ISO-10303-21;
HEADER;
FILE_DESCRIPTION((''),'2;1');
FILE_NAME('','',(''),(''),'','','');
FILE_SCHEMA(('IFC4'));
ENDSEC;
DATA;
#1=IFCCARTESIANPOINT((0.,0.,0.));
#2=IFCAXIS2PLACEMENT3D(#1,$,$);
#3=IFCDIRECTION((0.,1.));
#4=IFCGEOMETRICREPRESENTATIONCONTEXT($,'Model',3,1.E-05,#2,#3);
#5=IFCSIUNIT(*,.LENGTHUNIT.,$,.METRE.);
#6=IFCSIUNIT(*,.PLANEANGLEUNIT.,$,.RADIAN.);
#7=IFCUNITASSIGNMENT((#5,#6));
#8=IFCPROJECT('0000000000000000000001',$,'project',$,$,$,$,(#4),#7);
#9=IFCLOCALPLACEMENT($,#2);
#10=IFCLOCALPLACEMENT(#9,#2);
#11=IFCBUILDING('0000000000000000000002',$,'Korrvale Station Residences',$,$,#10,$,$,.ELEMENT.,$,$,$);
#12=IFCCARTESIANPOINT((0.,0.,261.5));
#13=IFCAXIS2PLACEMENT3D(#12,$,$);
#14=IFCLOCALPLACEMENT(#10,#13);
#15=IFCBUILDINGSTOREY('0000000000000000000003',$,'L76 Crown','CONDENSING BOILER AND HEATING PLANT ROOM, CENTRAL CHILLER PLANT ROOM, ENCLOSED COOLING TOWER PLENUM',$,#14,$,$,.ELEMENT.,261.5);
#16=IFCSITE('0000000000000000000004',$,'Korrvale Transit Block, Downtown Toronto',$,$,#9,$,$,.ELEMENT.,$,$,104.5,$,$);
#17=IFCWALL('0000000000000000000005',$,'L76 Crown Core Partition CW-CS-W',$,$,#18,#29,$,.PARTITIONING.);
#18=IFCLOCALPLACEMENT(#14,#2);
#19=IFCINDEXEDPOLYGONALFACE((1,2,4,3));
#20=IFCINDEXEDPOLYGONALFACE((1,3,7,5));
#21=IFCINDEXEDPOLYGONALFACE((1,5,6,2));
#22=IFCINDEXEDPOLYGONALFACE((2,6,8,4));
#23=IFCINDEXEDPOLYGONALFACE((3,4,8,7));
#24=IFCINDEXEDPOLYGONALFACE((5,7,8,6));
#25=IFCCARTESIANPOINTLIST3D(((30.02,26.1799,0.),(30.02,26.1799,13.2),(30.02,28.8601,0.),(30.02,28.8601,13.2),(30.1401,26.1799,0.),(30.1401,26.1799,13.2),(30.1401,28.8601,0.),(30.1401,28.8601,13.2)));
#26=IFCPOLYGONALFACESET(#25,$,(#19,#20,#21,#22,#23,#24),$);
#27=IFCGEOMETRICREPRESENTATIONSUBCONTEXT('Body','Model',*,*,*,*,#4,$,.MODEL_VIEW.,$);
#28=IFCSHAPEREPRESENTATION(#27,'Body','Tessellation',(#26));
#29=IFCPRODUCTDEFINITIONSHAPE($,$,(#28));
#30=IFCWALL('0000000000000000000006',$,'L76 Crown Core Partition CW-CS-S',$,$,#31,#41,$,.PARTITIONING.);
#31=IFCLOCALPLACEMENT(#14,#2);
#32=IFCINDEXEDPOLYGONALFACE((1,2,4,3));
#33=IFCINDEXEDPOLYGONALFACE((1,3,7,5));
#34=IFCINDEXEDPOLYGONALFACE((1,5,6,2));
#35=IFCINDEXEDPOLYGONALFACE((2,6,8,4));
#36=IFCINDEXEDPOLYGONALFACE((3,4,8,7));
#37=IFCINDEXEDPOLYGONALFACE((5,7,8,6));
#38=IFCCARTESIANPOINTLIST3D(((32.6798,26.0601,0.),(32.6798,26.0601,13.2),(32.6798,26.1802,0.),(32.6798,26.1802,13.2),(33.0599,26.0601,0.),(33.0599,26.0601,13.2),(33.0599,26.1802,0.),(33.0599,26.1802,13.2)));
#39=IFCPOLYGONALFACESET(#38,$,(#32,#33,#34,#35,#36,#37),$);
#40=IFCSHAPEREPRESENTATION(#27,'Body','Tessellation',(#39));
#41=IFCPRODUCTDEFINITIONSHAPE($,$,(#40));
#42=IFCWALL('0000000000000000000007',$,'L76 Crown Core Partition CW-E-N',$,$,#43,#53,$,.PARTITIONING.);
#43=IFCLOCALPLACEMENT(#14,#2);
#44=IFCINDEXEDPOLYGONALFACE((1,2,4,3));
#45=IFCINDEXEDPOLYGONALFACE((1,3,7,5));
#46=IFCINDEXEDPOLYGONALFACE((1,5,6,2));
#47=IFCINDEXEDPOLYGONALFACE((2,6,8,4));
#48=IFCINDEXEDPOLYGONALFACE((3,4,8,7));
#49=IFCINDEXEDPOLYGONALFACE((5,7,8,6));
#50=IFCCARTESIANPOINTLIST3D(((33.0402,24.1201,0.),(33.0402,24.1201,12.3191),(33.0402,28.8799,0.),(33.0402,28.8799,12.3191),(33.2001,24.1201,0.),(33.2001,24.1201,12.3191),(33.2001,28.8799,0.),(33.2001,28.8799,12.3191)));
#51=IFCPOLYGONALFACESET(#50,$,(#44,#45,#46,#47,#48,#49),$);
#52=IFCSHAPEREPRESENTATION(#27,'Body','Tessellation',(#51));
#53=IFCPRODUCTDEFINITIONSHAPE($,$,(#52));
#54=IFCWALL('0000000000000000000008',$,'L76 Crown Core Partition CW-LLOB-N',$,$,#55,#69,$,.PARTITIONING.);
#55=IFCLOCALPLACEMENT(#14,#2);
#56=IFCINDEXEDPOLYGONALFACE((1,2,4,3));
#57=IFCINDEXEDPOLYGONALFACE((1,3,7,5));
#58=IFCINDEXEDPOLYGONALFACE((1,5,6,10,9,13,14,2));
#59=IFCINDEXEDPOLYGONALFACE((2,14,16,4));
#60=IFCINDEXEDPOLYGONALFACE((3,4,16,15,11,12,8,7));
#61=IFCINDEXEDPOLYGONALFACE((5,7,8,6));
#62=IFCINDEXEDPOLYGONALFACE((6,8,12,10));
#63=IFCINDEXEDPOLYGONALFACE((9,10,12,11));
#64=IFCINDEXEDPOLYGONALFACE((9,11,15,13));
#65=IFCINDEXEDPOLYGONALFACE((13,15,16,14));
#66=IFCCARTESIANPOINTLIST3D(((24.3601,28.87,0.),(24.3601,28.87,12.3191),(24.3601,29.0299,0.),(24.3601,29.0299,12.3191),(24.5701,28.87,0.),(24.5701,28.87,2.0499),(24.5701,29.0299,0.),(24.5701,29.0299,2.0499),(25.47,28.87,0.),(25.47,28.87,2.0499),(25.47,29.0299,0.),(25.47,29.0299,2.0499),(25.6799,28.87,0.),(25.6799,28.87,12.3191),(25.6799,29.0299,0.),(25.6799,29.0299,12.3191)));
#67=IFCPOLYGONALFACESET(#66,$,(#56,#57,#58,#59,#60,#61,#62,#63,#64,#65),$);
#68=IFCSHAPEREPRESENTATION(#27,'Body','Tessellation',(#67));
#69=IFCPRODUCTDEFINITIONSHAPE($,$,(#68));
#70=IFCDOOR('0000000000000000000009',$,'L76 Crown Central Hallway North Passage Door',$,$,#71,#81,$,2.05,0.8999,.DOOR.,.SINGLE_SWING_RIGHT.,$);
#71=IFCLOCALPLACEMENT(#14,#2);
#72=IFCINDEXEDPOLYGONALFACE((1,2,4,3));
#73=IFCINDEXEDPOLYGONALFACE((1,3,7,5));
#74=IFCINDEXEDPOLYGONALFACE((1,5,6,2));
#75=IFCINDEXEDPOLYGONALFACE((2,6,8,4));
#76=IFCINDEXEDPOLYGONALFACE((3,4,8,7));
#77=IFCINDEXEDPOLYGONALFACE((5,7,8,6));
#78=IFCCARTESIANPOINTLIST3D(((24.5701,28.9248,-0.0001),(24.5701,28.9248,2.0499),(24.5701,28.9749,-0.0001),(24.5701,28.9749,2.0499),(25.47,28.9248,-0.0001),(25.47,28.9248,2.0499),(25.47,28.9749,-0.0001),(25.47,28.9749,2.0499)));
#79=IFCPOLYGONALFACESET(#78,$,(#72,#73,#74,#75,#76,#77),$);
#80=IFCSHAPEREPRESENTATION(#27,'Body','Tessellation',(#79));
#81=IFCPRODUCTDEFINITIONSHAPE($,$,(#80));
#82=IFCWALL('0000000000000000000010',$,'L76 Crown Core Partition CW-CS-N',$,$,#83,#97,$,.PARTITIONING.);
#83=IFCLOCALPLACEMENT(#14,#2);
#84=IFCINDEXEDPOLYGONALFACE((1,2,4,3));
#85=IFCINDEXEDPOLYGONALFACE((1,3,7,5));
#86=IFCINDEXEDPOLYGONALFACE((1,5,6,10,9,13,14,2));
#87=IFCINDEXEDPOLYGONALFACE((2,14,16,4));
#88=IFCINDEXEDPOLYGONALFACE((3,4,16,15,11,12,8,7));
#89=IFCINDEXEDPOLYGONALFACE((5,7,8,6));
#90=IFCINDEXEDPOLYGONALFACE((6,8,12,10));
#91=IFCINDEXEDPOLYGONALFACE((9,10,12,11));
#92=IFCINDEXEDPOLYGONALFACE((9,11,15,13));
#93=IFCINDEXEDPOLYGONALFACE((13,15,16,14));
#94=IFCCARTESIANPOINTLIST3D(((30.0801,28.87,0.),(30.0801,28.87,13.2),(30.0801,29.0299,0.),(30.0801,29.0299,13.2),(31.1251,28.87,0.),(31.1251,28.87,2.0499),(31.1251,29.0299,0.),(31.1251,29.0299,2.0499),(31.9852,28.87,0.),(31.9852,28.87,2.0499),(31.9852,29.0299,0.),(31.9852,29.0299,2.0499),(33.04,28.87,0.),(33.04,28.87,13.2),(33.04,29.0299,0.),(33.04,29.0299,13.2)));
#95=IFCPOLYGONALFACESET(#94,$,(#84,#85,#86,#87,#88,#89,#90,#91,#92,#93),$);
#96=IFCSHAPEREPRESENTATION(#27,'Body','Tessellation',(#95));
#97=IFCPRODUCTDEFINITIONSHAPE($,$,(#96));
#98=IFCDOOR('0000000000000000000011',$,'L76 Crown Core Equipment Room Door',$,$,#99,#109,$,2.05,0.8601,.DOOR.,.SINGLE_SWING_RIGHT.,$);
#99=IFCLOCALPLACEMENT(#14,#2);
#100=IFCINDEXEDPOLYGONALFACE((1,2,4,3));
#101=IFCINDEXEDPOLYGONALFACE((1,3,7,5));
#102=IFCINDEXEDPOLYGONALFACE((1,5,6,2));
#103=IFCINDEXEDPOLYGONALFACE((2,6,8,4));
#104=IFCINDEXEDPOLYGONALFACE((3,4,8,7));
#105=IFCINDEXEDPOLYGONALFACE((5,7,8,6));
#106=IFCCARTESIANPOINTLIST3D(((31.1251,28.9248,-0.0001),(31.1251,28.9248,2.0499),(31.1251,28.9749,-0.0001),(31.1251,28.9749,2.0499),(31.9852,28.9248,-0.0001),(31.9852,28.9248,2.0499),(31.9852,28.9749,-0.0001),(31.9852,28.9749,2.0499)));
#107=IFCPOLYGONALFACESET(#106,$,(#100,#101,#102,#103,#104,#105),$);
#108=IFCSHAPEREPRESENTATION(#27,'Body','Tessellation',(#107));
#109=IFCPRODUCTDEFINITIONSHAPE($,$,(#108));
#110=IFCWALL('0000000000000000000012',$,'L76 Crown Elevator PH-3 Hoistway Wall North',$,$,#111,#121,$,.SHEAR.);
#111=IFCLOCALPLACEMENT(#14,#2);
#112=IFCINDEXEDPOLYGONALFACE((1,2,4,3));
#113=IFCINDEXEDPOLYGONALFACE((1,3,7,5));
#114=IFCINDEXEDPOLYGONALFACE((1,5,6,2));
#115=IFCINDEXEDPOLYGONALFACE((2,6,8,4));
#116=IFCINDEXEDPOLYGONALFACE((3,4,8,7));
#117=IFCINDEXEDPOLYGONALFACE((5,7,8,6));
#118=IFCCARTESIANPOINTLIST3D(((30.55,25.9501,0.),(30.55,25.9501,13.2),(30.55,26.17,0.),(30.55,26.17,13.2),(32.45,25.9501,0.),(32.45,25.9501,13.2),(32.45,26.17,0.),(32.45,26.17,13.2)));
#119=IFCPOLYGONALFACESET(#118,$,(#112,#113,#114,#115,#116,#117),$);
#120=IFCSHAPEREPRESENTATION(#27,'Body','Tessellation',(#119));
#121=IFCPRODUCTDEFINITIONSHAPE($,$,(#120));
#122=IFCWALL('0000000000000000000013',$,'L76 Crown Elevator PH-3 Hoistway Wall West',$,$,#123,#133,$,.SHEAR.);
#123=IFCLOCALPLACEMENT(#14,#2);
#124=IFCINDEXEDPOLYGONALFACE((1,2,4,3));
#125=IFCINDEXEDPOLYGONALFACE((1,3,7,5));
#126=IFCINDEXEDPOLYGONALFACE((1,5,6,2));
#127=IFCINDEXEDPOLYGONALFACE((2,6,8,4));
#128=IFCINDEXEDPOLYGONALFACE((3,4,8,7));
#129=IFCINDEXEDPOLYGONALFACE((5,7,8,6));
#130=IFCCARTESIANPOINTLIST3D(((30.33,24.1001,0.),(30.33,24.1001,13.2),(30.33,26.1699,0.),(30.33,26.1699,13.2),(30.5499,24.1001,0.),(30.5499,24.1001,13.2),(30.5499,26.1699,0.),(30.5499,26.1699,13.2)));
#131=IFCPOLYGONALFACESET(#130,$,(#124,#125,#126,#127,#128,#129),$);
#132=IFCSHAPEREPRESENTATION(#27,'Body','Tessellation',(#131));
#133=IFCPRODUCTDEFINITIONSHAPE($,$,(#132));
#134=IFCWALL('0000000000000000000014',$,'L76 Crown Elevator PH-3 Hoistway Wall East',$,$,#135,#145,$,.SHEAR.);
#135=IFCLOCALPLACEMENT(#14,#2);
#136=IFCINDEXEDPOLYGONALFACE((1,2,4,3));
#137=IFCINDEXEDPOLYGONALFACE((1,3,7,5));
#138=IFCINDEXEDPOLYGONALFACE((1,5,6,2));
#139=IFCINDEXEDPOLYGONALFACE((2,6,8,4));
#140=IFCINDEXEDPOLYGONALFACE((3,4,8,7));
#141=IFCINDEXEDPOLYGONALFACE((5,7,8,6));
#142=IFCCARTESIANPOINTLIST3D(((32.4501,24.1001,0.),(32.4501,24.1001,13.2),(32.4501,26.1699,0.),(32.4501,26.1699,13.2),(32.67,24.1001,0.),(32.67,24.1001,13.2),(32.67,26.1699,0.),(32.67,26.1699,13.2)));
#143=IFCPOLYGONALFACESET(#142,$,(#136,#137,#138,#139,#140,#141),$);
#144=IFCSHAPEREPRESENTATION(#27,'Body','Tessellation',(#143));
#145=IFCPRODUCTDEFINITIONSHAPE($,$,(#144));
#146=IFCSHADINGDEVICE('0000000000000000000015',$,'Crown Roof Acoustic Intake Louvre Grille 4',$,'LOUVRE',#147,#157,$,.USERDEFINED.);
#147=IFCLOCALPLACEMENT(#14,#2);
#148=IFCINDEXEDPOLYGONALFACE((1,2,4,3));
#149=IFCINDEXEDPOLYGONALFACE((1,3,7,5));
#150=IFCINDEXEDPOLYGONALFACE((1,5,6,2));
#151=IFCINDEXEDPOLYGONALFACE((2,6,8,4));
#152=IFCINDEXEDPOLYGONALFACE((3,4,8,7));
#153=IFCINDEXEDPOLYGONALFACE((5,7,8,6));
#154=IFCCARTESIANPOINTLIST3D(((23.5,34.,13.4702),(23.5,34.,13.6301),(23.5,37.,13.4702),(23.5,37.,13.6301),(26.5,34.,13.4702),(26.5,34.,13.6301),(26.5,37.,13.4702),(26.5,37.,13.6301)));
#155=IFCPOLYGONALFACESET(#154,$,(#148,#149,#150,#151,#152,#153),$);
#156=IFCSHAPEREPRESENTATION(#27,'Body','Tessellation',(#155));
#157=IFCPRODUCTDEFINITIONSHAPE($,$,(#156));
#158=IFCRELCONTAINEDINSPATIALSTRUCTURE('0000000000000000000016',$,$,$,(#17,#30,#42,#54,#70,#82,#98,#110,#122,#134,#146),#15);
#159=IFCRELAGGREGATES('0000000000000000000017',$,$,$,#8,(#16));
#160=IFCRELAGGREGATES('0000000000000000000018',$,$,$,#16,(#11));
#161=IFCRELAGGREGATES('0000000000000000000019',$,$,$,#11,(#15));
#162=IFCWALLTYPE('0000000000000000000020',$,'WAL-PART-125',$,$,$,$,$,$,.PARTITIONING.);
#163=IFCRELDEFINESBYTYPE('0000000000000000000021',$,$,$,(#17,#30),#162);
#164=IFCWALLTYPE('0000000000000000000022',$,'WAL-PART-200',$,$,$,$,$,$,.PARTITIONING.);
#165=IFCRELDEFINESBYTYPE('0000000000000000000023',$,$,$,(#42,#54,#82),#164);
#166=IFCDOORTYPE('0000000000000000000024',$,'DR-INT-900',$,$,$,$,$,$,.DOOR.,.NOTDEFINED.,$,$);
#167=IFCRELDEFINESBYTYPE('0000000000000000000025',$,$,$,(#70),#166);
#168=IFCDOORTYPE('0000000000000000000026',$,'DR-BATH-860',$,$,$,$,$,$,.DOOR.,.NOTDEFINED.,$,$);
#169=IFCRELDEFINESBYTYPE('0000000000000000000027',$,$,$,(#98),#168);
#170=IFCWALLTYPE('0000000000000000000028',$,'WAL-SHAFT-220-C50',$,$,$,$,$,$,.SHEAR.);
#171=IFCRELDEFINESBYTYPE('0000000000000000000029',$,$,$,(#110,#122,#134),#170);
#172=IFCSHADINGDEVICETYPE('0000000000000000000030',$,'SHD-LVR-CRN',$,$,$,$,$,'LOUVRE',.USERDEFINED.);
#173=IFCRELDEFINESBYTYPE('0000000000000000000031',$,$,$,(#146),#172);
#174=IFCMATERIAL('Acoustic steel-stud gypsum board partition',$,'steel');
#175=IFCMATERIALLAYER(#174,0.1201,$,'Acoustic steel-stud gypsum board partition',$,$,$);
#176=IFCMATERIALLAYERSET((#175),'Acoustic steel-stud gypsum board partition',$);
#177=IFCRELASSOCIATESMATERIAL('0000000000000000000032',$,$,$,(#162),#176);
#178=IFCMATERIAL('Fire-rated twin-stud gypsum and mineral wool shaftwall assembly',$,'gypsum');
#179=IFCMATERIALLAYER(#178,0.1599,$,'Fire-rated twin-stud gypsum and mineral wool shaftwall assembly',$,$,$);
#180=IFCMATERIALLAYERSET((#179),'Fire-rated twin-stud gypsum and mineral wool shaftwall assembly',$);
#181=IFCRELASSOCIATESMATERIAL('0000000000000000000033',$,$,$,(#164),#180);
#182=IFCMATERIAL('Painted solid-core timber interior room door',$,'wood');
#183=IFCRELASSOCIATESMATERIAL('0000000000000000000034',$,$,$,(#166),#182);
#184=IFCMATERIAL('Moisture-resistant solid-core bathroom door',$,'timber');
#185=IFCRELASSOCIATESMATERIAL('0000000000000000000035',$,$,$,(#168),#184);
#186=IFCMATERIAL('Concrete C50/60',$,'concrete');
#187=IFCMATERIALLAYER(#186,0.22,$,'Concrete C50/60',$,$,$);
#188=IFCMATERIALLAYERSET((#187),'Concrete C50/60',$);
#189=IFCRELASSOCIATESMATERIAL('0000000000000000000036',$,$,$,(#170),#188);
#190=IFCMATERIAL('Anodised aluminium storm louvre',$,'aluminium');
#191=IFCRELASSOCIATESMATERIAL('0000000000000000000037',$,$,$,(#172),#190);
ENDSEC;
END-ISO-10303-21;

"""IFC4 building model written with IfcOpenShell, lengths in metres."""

from ifc_helpers import new_model, si_unit, direction, frame, frame_2d, origin, origin_2d, place, context, subcontext, project, spatial, rectangle, extrude, material, layer, layer_set, type_object, element, fill, save


model = new_model("IFC4")

# Units and contexts
model_context = context("Model", 3, precision=1e-05, world=origin(), true_north=direction((0.0, 1.0)))
body_context = subcontext(model_context, "Body", "Model", "MODEL_VIEW")
ifc_project = project(units=[si_unit("LENGTHUNIT", "METRE"), si_unit("PLANEANGLEUNIT", "RADIAN")], contexts=[model_context])

# Site, building, storey
site_placement = place(None, origin())
site = spatial("IfcSite", under=ifc_project, at=site_placement, Name="Korrvale Transit Block, Downtown Toronto", CompositionType="ELEMENT", RefElevation=104.5)
building_placement = place(site_placement, origin())
building = spatial("IfcBuilding", under=site, at=building_placement, Name="Korrvale Station Residences", CompositionType="ELEMENT")
storey_placement = place(building_placement, frame((0.0, 0.0, 261.5)))
storey = spatial("IfcBuildingStorey", under=building, at=storey_placement, Name="L76 Crown", Description="CONDENSING BOILER AND HEATING PLANT ROOM, CENTRAL CHILLER PLANT ROOM, ENCLOSED COOLING TOWER PLENUM", CompositionType="ELEMENT", Elevation=261.5)

# Shared definitions
ifc_material_1 = material(Name="Concrete C50/60", Category="concrete")

# Walls
ifc_material_2 = material(Name="Acoustic steel-stud gypsum board partition", Category="steel")
ifc_layer_1 = layer(ifc_material_2, 0.1201, Name="Acoustic steel-stud gypsum board partition")
ifc_layer_set_1 = layer_set([ifc_layer_1], Name="Acoustic steel-stud gypsum board partition")
wall_type_1 = type_object("IfcWallType", Name="WAL-PART-125", PredefinedType="PARTITIONING", material=ifc_layer_set_1)
wall_1_placement = place(storey_placement, frame((30.0801, 26.1799, 0.0), z_axis=(0.0, 0.0, 1.0), x_axis=(0.0, 1.0, 0.0)))
element("IfcWall", 1, at=wall_1_placement, inside=storey, type_object=wall_type_1, Name="L76 Crown Core Partition CW-CS-W", PredefinedType="PARTITIONING", context=body_context, shape_type="SweptSolid", body=[
    extrude(rectangle(XDim=2.6802, YDim=0.1201, at=frame_2d((1.3401, 0.0))), origin(), (0.0, 0.0, 1.0), 13.2),
])
wall_2_placement = place(storey_placement, frame((32.6799, 26.1201, 0.0), z_axis=(0.0, 0.0, 1.0), x_axis=(1.0, 0.0, 0.0)))
element("IfcWall", 2, at=wall_2_placement, inside=storey, type_object=wall_type_1, Name="L76 Crown Core Partition CW-CS-S", PredefinedType="PARTITIONING", context=body_context, shape_type="SweptSolid", body=[
    extrude(rectangle(XDim=0.3801, YDim=0.1201, at=frame_2d((0.1899, 0.0))), origin(), (0.0, 0.0, 1.0), 13.2),
])
ifc_material_3 = material(Name="Fire-rated twin-stud gypsum and mineral wool shaftwall assembly", Category="gypsum")
ifc_layer_2 = layer(ifc_material_3, 0.1599, Name="Fire-rated twin-stud gypsum and mineral wool shaftwall assembly")
ifc_layer_set_2 = layer_set([ifc_layer_2], Name="Fire-rated twin-stud gypsum and mineral wool shaftwall assembly")
wall_type_2 = type_object("IfcWallType", Name="WAL-PART-200", PredefinedType="PARTITIONING", material=ifc_layer_set_2)
wall_3_placement = place(storey_placement, frame((33.1201, 24.1201, 0.0), z_axis=(0.0, 0.0, 1.0), x_axis=(0.0, 1.0, 0.0)))
element("IfcWall", 3, at=wall_3_placement, inside=storey, type_object=wall_type_2, Name="L76 Crown Core Partition CW-E-N", PredefinedType="PARTITIONING", context=body_context, shape_type="SweptSolid", body=[
    extrude(rectangle(XDim=4.7598, YDim=0.1599, at=frame_2d((2.3799, 0.0))), origin(), (0.0, 0.0, 1.0), 12.3191),
])

# Walls, openings, doors
wall_4_placement = place(storey_placement, frame((24.3601, 28.95, 0.0), z_axis=(0.0, 0.0, 1.0), x_axis=(1.0, 0.0, 0.0)))
wall_4 = element("IfcWall", 4, at=wall_4_placement, inside=storey, type_object=wall_type_2, Name="L76 Crown Core Partition CW-LLOB-N", PredefinedType="PARTITIONING", context=body_context, shape_type="SweptSolid", body=[
    extrude(rectangle(XDim=1.3198, YDim=0.1599, at=frame_2d((0.6599, 0.0))), origin(), (0.0, 0.0, 1.0), 12.3191),
])
opening_1_placement = place(wall_4_placement, frame((0.21, 0.0, 0.0)))
opening_1 = element("IfcOpeningElement", 5, at=opening_1_placement, cuts=wall_4, PredefinedType="OPENING", context=body_context, shape_type="SweptSolid", body=[
    extrude(rectangle(XDim=0.8999, YDim=2.05, at=frame_2d((0.45, 1.0249))), frame((0.0, 0.0898, 0.0), z_axis=(0.0, -1.0, 0.0), x_axis=(1.0, 0.0, 0.0)), (0.0, 0.0, 1.0), 0.1799),
])
ifc_material_4 = material(Name="Painted solid-core timber interior room door", Category="wood")
door_type_1 = type_object("IfcDoorType", Name="DR-INT-900", OperationType="NOTDEFINED", PredefinedType="DOOR", material=ifc_material_4)
door_1_placement = place(opening_1_placement, origin())
door_1 = element("IfcDoor", 6, at=door_1_placement, inside=storey, type_object=door_type_1, Name="L76 Crown Central Hallway North Passage Door", OperationType="SINGLE_SWING_RIGHT", OverallHeight=2.05, OverallWidth=0.8999, PredefinedType="DOOR", context=body_context, shape_type="SweptSolid", body=[
    extrude(rectangle(XDim=0.8999, YDim=2.05, at=frame_2d((0.45, 1.0249))), frame((0.0, 0.0249, 0.0), z_axis=(0.0, -1.0, 0.0), x_axis=(1.0, 0.0, 0.0)), (0.0, 0.0, 1.0), 0.05),
])
fill(opening_1, door_1)
wall_5_placement = place(storey_placement, frame((30.0801, 28.95, 0.0), z_axis=(0.0, 0.0, 1.0), x_axis=(1.0, 0.0, 0.0)))
wall_5 = element("IfcWall", 7, at=wall_5_placement, inside=storey, type_object=wall_type_2, Name="L76 Crown Core Partition CW-CS-N", PredefinedType="PARTITIONING", context=body_context, shape_type="SweptSolid", body=[
    extrude(rectangle(XDim=2.96, YDim=0.1599, at=frame_2d((1.48, 0.0))), origin(), (0.0, 0.0, 1.0), 13.2),
])
opening_2_placement = place(wall_5_placement, frame((1.0449, 0.0, 0.0)))
opening_2 = element("IfcOpeningElement", 8, at=opening_2_placement, cuts=wall_5, PredefinedType="OPENING", context=body_context, shape_type="SweptSolid", body=[
    extrude(rectangle(XDim=0.8601, YDim=2.05, at=frame_2d((0.4302, 1.0249))), frame((0.0, 0.0898, 0.0), z_axis=(0.0, -1.0, 0.0), x_axis=(1.0, 0.0, 0.0)), (0.0, 0.0, 1.0), 0.1799),
])
ifc_material_5 = material(Name="Moisture-resistant solid-core bathroom door", Category="timber")
door_type_2 = type_object("IfcDoorType", Name="DR-BATH-860", OperationType="NOTDEFINED", PredefinedType="DOOR", material=ifc_material_5)
door_2_placement = place(opening_2_placement, origin())
door_2 = element("IfcDoor", 9, at=door_2_placement, inside=storey, type_object=door_type_2, Name="L76 Crown Core Equipment Room Door", OperationType="SINGLE_SWING_RIGHT", OverallHeight=2.05, OverallWidth=0.8601, PredefinedType="DOOR", context=body_context, shape_type="SweptSolid", body=[
    extrude(rectangle(XDim=0.8601, YDim=2.05, at=frame_2d((0.4302, 1.0249))), frame((0.0, 0.0249, 0.0), z_axis=(0.0, -1.0, 0.0), x_axis=(1.0, 0.0, 0.0)), (0.0, 0.0, 1.0), 0.05),
])
fill(opening_2, door_2)

# Walls
ifc_layer_3 = layer(ifc_material_1, 0.22, Name="Concrete C50/60")
ifc_layer_set_3 = layer_set([ifc_layer_3], Name="Concrete C50/60")
wall_type_3 = type_object("IfcWallType", Name="WAL-SHAFT-220-C50", PredefinedType="SHEAR", material=ifc_layer_set_3)
wall_6_placement = place(storey_placement, frame((30.55, 26.0601, 0.0), z_axis=(0.0, 0.0, 1.0), x_axis=(1.0, 0.0, 0.0)))
element("IfcWall", 10, at=wall_6_placement, inside=storey, type_object=wall_type_3, Name="L76 Crown Elevator PH-3 Hoistway Wall North", PredefinedType="SHEAR", context=body_context, shape_type="SweptSolid", body=[
    extrude(rectangle(XDim=1.8999, YDim=0.22, at=frame_2d((0.95, 0.0))), origin(), (0.0, 0.0, 1.0), 13.2),
])
for number, where, z_axis, x_axis, name in (
    (11, (30.4399, 24.1001, 0.0), (0.0, 0.0, 1.0), (0.0, 1.0, 0.0), "L76 Crown Elevator PH-3 Hoistway Wall West"),
    (12, (32.5601, 24.1001, 0.0), (0.0, 0.0, 1.0), (0.0, 1.0, 0.0), "L76 Crown Elevator PH-3 Hoistway Wall East"),
):
    element("IfcWall", number, at=place(storey_placement, frame(where, z_axis=z_axis, x_axis=x_axis)), inside=storey, type_object=wall_type_3, Name=name, PredefinedType="SHEAR", context=body_context, shape_type="SweptSolid", body=[
        extrude(rectangle(XDim=2.0698, YDim=0.22, at=frame_2d((1.0349, 0.0))), origin(), (0.0, 0.0, 1.0), 13.2),
    ])

# Shading device
ifc_material_6 = material(Name="Anodised aluminium storm louvre", Category="aluminium")
shading_device_type = type_object("IfcShadingDeviceType", Name="SHD-LVR-CRN", ElementType="LOUVRE", PredefinedType="USERDEFINED", material=ifc_material_6)
shading_device_placement = place(storey_placement, frame((25.0, 35.5, 13.4702), z_axis=(0.0, 0.0, 1.0), x_axis=(1.0, 0.0, 0.0)))
element("IfcShadingDevice", 13, at=shading_device_placement, inside=storey, type_object=shading_device_type, Name="Crown Roof Acoustic Intake Louvre Grille 4", ObjectType="LOUVRE", PredefinedType="USERDEFINED", context=body_context, shape_type="SweptSolid", body=[
    extrude(rectangle(XDim=3.0, YDim=3.0, at=origin_2d()), origin(), (0.0, 0.0, 1.0), 0.1599),
])

save(model, "model.ifc")
